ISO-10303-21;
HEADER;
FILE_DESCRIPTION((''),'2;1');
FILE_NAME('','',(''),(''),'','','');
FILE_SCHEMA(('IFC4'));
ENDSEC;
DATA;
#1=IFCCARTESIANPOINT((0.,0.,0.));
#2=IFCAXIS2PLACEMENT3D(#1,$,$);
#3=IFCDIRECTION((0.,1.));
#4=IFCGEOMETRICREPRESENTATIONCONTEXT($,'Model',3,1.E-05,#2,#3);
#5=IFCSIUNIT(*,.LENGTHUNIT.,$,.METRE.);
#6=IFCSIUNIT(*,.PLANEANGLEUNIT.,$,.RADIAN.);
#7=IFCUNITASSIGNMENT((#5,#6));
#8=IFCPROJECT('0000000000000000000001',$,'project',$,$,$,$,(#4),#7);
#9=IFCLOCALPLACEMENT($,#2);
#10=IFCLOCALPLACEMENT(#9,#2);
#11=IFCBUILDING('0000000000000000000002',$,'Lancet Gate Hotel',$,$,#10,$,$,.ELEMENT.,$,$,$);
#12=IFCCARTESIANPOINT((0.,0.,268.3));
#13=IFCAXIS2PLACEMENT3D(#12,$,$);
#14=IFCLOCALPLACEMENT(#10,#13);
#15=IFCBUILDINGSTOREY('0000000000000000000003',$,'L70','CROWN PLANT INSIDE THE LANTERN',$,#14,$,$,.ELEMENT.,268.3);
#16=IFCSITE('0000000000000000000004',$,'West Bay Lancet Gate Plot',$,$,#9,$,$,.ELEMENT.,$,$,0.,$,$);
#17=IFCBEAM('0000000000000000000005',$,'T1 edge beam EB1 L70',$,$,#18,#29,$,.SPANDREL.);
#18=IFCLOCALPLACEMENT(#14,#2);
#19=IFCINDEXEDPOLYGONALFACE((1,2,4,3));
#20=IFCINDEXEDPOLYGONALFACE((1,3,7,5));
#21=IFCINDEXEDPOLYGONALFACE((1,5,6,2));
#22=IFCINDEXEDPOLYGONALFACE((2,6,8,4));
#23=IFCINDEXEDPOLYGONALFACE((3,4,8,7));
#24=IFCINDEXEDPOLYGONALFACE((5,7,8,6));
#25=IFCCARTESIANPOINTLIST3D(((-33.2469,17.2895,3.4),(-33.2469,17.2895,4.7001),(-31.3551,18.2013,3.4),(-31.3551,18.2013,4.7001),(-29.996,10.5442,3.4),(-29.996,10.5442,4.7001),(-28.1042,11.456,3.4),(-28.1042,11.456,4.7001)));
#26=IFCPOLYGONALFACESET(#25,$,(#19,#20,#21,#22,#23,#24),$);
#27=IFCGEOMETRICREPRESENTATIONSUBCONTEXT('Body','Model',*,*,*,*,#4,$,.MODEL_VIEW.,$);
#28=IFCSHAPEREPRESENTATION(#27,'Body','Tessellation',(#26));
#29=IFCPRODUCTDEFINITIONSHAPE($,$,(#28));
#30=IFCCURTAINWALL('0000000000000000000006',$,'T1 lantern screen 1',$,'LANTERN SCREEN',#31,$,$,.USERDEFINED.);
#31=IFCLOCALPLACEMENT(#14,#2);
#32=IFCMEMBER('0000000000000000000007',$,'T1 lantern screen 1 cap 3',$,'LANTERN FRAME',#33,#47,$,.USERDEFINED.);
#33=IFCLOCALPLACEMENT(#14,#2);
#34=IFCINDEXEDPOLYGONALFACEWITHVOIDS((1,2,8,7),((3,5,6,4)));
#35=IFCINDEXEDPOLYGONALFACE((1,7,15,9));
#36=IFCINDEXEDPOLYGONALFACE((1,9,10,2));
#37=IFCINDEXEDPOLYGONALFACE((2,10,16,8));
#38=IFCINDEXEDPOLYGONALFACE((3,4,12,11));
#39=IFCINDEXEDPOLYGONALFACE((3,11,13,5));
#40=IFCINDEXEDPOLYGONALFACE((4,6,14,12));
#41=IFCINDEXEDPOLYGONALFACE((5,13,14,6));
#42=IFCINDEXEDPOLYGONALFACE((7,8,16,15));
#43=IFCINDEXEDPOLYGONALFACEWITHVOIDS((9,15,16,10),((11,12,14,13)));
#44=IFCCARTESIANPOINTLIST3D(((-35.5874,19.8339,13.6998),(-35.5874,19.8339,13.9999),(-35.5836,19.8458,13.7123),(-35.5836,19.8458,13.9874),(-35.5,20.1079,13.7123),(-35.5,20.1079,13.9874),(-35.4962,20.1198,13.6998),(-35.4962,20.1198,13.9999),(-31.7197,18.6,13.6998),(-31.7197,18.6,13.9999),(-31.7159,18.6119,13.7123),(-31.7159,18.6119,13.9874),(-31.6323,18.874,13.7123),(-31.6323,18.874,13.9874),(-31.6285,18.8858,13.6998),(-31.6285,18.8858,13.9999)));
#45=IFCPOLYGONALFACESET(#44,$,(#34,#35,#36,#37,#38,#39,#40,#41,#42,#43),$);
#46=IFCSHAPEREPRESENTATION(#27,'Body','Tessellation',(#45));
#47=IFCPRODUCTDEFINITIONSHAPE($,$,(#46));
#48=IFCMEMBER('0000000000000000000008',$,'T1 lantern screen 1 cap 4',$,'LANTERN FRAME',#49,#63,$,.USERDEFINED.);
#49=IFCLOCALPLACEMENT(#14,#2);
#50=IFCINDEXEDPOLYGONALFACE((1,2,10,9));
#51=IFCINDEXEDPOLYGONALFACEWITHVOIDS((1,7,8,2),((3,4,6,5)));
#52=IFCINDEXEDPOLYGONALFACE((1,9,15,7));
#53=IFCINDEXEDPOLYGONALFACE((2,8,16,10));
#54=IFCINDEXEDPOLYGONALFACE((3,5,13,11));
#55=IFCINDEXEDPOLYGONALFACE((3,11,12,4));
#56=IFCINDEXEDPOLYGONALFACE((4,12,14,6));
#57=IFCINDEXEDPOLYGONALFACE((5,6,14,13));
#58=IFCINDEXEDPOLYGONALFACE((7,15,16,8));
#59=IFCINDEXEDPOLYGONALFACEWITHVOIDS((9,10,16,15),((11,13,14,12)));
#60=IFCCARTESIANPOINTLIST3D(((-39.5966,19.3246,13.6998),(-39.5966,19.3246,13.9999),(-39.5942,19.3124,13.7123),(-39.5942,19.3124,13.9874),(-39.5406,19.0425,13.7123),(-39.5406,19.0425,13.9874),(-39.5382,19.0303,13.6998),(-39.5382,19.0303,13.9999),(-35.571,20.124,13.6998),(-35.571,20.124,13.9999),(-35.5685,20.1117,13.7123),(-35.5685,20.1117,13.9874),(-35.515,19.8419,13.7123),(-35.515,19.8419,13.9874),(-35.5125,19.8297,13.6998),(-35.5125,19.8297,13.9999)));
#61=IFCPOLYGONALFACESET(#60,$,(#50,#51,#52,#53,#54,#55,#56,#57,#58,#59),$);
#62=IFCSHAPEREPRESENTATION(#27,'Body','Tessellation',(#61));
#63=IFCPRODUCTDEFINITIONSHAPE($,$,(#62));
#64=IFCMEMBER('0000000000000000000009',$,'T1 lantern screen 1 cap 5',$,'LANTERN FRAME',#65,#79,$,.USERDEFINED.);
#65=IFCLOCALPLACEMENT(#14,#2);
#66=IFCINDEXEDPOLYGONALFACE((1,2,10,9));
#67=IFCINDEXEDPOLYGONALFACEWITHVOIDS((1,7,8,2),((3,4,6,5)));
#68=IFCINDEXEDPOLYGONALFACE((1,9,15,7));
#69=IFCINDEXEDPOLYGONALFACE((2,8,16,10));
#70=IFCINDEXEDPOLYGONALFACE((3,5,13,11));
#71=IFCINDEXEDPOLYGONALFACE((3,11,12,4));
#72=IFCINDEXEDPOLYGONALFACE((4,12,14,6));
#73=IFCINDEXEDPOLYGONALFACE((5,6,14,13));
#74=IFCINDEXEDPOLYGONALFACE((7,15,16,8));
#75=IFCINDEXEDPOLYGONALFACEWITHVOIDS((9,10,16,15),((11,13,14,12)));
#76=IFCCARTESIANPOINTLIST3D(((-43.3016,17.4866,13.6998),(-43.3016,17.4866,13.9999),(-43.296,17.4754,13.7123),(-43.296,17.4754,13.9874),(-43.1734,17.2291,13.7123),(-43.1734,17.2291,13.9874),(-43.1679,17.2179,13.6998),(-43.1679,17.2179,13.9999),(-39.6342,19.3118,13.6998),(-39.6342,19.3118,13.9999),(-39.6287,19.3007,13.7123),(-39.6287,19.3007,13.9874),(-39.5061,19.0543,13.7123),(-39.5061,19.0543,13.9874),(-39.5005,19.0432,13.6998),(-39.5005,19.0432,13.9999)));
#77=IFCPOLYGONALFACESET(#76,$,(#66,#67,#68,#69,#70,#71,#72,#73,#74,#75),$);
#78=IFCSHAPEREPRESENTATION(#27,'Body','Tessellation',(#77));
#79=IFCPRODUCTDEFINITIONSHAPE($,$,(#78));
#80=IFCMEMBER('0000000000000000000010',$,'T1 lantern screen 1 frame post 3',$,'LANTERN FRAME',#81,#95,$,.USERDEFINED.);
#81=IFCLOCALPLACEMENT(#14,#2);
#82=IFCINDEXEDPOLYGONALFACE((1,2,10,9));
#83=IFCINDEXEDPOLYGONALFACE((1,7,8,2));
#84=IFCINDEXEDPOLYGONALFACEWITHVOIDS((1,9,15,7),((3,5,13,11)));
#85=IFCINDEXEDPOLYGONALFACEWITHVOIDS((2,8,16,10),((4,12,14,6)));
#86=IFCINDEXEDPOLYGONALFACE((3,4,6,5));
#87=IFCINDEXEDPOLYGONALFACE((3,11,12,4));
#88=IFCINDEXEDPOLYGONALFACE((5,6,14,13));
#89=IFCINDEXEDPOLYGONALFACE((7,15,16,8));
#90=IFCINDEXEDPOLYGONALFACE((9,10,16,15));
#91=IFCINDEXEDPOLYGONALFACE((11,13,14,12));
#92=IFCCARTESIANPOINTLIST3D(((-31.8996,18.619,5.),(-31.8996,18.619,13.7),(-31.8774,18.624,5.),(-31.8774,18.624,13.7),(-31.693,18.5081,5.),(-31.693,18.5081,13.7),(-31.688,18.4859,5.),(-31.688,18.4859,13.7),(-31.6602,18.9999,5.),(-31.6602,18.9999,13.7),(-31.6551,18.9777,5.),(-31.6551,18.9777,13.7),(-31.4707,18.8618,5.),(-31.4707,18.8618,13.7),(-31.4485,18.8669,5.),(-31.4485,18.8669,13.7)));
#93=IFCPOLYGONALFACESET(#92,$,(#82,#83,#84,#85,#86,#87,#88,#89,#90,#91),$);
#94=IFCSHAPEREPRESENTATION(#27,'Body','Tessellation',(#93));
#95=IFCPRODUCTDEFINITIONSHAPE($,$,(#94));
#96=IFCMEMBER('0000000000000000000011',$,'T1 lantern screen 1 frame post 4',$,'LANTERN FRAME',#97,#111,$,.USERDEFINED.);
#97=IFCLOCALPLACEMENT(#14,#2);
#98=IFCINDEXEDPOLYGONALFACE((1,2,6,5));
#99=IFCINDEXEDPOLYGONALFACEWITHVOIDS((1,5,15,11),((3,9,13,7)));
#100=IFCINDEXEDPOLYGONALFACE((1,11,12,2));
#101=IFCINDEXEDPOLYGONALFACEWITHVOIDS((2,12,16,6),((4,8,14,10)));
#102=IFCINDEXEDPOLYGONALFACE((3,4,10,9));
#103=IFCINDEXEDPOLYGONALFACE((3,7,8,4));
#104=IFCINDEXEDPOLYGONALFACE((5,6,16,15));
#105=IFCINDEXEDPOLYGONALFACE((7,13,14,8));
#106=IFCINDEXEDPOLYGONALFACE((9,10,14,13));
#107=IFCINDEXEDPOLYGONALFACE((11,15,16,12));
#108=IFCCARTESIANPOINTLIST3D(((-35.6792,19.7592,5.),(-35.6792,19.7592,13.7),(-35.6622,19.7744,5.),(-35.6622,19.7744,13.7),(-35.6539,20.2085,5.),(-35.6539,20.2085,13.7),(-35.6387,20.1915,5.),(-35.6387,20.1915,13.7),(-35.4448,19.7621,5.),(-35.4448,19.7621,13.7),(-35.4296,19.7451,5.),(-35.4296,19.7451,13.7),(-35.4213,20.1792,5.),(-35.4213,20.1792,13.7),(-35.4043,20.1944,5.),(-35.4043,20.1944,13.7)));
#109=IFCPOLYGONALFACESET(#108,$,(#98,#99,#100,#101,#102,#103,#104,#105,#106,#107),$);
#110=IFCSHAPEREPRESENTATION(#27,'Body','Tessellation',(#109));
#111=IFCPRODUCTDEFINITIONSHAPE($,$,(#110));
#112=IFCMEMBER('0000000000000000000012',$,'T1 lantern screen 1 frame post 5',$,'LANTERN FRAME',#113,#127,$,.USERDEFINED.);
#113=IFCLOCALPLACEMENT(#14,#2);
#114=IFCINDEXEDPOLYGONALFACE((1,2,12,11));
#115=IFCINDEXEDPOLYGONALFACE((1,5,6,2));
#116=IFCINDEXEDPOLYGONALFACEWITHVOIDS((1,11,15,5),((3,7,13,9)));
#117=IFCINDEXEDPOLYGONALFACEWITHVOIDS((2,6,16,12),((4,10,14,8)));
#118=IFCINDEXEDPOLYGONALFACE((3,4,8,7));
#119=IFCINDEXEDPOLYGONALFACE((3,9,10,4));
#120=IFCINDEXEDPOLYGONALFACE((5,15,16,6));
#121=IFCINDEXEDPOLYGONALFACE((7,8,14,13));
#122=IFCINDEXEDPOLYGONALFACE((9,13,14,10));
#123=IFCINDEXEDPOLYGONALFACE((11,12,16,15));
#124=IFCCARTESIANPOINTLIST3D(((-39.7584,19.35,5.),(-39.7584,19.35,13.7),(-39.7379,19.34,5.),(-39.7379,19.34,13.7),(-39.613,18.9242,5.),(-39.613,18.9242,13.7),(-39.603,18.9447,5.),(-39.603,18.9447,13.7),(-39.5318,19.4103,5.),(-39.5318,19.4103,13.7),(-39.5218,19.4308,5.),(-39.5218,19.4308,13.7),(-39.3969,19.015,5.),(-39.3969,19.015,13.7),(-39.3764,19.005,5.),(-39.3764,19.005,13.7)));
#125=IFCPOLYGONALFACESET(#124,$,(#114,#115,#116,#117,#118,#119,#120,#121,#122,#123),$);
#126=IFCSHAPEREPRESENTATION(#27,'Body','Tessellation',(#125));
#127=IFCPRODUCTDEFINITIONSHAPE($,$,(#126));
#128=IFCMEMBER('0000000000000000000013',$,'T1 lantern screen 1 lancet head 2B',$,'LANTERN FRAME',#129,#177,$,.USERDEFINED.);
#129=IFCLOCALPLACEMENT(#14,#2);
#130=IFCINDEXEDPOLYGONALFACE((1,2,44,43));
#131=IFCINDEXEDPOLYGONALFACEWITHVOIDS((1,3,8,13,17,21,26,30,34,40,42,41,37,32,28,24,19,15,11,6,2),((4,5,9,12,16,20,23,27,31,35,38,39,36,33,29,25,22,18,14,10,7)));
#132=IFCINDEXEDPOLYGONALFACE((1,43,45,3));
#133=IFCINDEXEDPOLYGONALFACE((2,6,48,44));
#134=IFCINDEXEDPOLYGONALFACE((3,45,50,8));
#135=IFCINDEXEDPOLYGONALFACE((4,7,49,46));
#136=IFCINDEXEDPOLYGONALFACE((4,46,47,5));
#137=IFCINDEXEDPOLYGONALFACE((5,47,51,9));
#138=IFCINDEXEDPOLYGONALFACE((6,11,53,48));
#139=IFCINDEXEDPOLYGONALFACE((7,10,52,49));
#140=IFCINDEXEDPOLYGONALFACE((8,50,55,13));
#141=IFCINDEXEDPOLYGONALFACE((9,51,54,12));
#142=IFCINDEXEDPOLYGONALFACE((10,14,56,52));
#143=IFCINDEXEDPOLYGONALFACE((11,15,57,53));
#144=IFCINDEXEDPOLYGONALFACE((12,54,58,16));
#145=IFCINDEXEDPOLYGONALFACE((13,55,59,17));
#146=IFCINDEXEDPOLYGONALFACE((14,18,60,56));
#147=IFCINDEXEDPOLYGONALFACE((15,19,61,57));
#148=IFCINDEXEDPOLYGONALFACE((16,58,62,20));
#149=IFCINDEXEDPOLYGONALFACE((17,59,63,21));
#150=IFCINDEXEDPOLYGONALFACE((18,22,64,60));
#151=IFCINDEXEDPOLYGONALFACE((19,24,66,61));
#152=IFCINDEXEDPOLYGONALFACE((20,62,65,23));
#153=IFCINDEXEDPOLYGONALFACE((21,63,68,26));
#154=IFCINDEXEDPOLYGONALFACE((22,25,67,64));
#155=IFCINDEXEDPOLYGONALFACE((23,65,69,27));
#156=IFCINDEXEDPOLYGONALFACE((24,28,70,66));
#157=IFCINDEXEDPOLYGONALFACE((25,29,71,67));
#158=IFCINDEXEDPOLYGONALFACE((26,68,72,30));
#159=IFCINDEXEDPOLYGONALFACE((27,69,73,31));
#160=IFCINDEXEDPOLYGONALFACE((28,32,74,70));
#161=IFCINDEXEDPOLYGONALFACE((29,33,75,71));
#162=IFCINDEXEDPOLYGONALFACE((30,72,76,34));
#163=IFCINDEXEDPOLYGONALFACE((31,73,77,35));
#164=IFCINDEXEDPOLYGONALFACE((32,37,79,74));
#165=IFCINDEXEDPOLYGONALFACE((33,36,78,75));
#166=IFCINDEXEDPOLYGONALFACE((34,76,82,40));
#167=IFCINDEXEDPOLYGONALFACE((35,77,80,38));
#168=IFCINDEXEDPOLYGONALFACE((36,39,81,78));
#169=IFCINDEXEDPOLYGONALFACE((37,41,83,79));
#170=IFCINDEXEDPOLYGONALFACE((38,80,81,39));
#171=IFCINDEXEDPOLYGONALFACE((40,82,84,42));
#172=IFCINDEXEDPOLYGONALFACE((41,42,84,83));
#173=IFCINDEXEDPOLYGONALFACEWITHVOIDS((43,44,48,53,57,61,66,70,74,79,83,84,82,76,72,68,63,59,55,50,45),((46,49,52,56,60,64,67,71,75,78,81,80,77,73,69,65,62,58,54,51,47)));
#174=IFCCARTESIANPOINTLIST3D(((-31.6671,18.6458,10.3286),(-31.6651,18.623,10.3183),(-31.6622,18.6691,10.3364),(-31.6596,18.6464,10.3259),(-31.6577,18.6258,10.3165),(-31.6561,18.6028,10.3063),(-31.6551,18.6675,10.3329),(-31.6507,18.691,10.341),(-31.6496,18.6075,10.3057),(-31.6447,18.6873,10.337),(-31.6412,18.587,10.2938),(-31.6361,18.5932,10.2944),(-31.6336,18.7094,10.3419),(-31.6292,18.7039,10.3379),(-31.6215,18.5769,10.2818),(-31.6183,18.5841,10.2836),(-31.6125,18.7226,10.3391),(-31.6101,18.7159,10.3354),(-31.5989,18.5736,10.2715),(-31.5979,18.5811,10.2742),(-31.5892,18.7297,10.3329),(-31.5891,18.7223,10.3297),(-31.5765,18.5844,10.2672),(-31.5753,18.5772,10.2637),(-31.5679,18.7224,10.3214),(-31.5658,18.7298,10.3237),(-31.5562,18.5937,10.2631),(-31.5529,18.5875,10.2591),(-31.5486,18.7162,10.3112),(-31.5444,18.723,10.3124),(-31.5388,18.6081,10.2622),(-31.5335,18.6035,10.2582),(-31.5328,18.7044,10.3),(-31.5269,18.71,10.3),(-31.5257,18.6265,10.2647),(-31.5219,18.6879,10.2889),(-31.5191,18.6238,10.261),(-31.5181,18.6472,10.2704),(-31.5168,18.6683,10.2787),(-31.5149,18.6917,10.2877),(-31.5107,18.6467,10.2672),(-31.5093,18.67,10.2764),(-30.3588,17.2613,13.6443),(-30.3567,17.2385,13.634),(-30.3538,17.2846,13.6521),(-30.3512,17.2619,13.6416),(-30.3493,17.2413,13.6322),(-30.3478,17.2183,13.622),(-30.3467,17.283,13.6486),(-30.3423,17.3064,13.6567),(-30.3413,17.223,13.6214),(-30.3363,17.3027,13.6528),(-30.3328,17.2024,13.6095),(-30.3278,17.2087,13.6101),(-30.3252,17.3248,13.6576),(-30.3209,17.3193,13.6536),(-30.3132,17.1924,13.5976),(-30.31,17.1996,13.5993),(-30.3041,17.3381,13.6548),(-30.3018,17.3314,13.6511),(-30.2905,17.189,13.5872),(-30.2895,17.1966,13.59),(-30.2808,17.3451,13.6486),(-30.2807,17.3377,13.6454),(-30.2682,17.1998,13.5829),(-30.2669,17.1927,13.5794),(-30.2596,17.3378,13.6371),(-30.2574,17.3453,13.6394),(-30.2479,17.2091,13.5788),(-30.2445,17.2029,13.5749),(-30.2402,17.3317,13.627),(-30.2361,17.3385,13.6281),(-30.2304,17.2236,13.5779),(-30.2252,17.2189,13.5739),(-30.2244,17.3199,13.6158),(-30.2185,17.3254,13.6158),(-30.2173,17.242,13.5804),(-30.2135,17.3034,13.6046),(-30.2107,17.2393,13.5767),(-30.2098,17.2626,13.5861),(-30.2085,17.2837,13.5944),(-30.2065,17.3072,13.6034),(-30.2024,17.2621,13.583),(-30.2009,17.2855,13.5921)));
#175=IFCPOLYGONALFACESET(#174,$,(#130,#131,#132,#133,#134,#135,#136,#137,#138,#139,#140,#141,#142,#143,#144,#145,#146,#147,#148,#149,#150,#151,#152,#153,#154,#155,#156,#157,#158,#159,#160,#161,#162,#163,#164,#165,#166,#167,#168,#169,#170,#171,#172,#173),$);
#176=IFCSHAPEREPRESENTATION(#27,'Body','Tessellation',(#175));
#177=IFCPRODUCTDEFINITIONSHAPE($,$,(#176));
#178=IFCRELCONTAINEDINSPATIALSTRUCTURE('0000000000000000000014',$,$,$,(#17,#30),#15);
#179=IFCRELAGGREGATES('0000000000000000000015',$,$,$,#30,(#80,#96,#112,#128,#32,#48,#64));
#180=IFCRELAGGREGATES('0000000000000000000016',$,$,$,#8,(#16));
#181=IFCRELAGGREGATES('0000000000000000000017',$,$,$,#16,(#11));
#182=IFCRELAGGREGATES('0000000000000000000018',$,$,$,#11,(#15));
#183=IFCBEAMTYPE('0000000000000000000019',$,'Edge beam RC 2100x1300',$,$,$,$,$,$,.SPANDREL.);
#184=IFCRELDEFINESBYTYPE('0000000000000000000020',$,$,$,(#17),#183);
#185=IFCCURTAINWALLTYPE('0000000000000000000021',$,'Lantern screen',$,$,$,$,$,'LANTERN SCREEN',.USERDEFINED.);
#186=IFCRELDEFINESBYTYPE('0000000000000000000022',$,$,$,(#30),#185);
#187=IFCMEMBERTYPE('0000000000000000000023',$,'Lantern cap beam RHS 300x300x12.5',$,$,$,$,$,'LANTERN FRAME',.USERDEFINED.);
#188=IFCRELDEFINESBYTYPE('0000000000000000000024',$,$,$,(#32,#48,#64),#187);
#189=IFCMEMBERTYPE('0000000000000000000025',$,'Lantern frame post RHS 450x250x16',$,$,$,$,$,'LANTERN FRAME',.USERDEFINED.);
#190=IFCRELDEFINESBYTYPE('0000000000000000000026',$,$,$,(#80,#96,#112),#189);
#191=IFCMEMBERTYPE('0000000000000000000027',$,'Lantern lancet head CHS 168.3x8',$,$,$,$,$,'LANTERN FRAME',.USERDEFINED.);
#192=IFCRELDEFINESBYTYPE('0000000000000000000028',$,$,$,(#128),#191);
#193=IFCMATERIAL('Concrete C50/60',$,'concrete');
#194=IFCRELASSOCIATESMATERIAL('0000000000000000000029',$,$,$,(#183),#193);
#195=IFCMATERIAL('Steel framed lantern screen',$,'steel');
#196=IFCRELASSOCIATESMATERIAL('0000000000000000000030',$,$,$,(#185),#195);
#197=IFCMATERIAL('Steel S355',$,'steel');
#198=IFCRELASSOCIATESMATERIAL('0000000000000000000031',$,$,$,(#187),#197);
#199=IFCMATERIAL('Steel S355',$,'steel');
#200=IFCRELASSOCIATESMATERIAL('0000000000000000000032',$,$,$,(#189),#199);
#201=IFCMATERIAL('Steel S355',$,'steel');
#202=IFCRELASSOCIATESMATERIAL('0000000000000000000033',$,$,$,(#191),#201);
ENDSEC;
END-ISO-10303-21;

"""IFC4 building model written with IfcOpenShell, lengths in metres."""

from ifc_helpers import new_model, si_unit, direction, frame, origin, origin_2d, place, context, subcontext, project, spatial, rectangle, hollow_rectangle, hollow_circle, extrude, material, material_profile, profile_set, type_object, element, aggregate, save


model = new_model("IFC4")

# Units and contexts
model_context = context("Model", 3, precision=1e-05, world=origin(), true_north=direction((0.0, 1.0)))
body_context = subcontext(model_context, "Body", "Model", "MODEL_VIEW")
ifc_project = project(units=[si_unit("LENGTHUNIT", "METRE"), si_unit("PLANEANGLEUNIT", "RADIAN")], contexts=[model_context])

# Site, building, storey
site_placement = place(None, origin())
site = spatial("IfcSite", under=ifc_project, at=site_placement, Name="West Bay Lancet Gate Plot", CompositionType="ELEMENT", RefElevation=0.0)
building_placement = place(site_placement, origin())
building = spatial("IfcBuilding", under=site, at=building_placement, Name="Lancet Gate Hotel", CompositionType="ELEMENT")
storey_placement = place(building_placement, frame((0.0, 0.0, 268.3)))
storey = spatial("IfcBuildingStorey", under=building, at=storey_placement, Name="L70", Description="CROWN PLANT INSIDE THE LANTERN", CompositionType="ELEMENT", Elevation=268.3)

# Beam
ifc_material_1 = material(Name="Concrete C50/60", Category="concrete")
ifc_material_profile_1 = material_profile(ifc_material_1, rectangle(XDim=2.1001, YDim=1.3, at=origin_2d()), Name="RC 2100x1300")
ifc_profile_set_1 = profile_set([ifc_material_profile_1], Name="Concrete C50/60")
beam_type = type_object("IfcBeamType", Name="Edge beam RC 2100x1300", PredefinedType="SPANDREL", material=ifc_profile_set_1)
beam_1_placement = place(storey_placement, frame((-32.301, 17.7454, 4.05), z_axis=(0.434164, -0.900834, 0.0), x_axis=(0.900834, 0.434164, 0.0)))
element("IfcBeam", 1, at=beam_1_placement, inside=storey, type_object=beam_type, Name="T1 edge beam EB1 L70", PredefinedType="SPANDREL", context=body_context, shape_type="SweptSolid", body=[
    extrude(rectangle(XDim=2.1001, YDim=1.3, at=origin_2d()), origin(), (0.0, 0.0, 1.0), 7.4878),
])

# Curtain wall, members
ifc_material_2 = material(Name="Steel framed lantern screen", Category="steel")
curtain_wall_type_1 = type_object("IfcCurtainWallType", Name="Lantern screen", ElementType="LANTERN SCREEN", PredefinedType="USERDEFINED", material=ifc_material_2)
curtain_wall_1_placement = place(storey_placement, origin())
curtain_wall_1 = element("IfcCurtainWall", 2, at=curtain_wall_1_placement, inside=storey, type_object=curtain_wall_type_1, Name="T1 lantern screen 1", ObjectType="LANTERN SCREEN", PredefinedType="USERDEFINED")
ifc_material_3 = material(Name="Steel S355", Category="steel")
ifc_material_profile_2 = material_profile(ifc_material_3, hollow_rectangle(XDim=0.3, YDim=0.3, WallThickness=0.0125, at=origin_2d()), Name="RHS 300x300x12.5")
ifc_profile_set_2 = profile_set([ifc_material_profile_2], Name="Steel S355")
member_type_1 = type_object("IfcMemberType", Name="Lantern cap beam RHS 300x300x12.5", ElementType="LANTERN FRAME", PredefinedType="USERDEFINED", material=ifc_profile_set_2)
member_1_placement = place(storey_placement, frame((-31.6741, 18.7429, 13.8499), z_axis=(-0.952693, 0.303933, 0.0), x_axis=(-0.303933, -0.952693, 0.0)))
member_1 = element("IfcMember", 3, at=member_1_placement, type_object=member_type_1, Name="T1 lantern screen 1 cap 3", ObjectType="LANTERN FRAME", PredefinedType="USERDEFINED", context=body_context, shape_type="SweptSolid", body=[
    extrude(hollow_rectangle(XDim=0.3, YDim=0.3, WallThickness=0.0125, at=origin_2d()), origin(), (0.0, 0.0, 1.0), 4.0598),
])
member_2_placement = place(storey_placement, frame((-35.5417, 19.9768, 13.8499), z_axis=(-0.980852, -0.194755, 0.0), x_axis=(0.194755, -0.980852, 0.0)))
member_2 = element("IfcMember", 4, at=member_2_placement, type_object=member_type_1, Name="T1 lantern screen 1 cap 4", ObjectType="LANTERN FRAME", PredefinedType="USERDEFINED", context=body_context, shape_type="SweptSolid", body=[
    extrude(hollow_rectangle(XDim=0.3, YDim=0.3, WallThickness=0.0125, at=origin_2d()), origin(), (0.0, 0.0, 1.0), 4.1042),
])
member_3_placement = place(storey_placement, frame((-39.5674, 19.1775, 13.8499), z_axis=(-0.895248, -0.445568, 0.0), x_axis=(0.445568, -0.895248, 0.0)))
member_3 = element("IfcMember", 5, at=member_3_placement, type_object=member_type_1, Name="T1 lantern screen 1 cap 5", ObjectType="LANTERN FRAME", PredefinedType="USERDEFINED", context=body_context, shape_type="SweptSolid", body=[
    extrude(hollow_rectangle(XDim=0.3, YDim=0.3, WallThickness=0.0125, at=origin_2d()), origin(), (0.0, 0.0, 1.0), 4.0964),
])
ifc_material_4 = material(Name="Steel S355", Category="steel")
ifc_material_profile_3 = material_profile(ifc_material_4, hollow_rectangle(XDim=0.25, YDim=0.45, WallThickness=0.0161, at=origin_2d()), Name="RHS 450x250x16")
ifc_profile_set_3 = profile_set([ifc_material_profile_3], Name="Steel S355")
member_type_2 = type_object("IfcMemberType", Name="Lantern frame post RHS 450x250x16", ElementType="LANTERN FRAME", PredefinedType="USERDEFINED", material=ifc_profile_set_3)
member_4_placement = place(storey_placement, frame((-31.6741, 18.7429, 5.0), z_axis=(0.0, 0.0, 1.0), x_axis=(-0.846613, 0.532209, 0.0)))
member_4 = element("IfcMember", 6, at=member_4_placement, type_object=member_type_2, Name="T1 lantern screen 1 frame post 3", ObjectType="LANTERN FRAME", PredefinedType="USERDEFINED", context=body_context, shape_type="SweptSolid", body=[
    extrude(hollow_rectangle(XDim=0.25, YDim=0.45, WallThickness=0.0161, at=origin_2d()), origin(), (0.0, 0.0, 1.0), 8.7),
])
member_5_placement = place(storey_placement, frame((-35.5417, 19.9768, 5.0), z_axis=(0.0, 0.0, 1.0), x_axis=(-0.998409, 0.056384, 0.0)))
member_5 = element("IfcMember", 7, at=member_5_placement, type_object=member_type_2, Name="T1 lantern screen 1 frame post 4", ObjectType="LANTERN FRAME", PredefinedType="USERDEFINED", context=body_context, shape_type="SweptSolid", body=[
    extrude(hollow_rectangle(XDim=0.25, YDim=0.45, WallThickness=0.0161, at=origin_2d()), origin(), (0.0, 0.0, 1.0), 8.7),
])
member_6_placement = place(storey_placement, frame((-39.5674, 19.1775, 5.0), z_axis=(0.0, 0.0, 1.0), x_axis=(-0.946394, -0.323013, 0.0)))
member_6 = element("IfcMember", 8, at=member_6_placement, type_object=member_type_2, Name="T1 lantern screen 1 frame post 5", ObjectType="LANTERN FRAME", PredefinedType="USERDEFINED", context=body_context, shape_type="SweptSolid", body=[
    extrude(hollow_rectangle(XDim=0.25, YDim=0.45, WallThickness=0.0161, at=origin_2d()), origin(), (0.0, 0.0, 1.0), 8.7),
])
ifc_material_5 = material(Name="Steel S355", Category="steel")
ifc_material_profile_4 = material_profile(ifc_material_5, hollow_circle(Radius=0.0842, WallThickness=0.0081, at=origin_2d()), Name="CHS 168.3x8.0")
ifc_profile_set_4 = profile_set([ifc_material_profile_4], Name="Steel S355")
member_type_3 = type_object("IfcMemberType", Name="Lantern lancet head CHS 168.3x8", ElementType="LANTERN FRAME", PredefinedType="USERDEFINED", material=ifc_profile_set_4)
member_7_placement = place(storey_placement, frame((-31.5881, 18.6521, 10.3), z_axis=(0.342149, -0.362069, 0.867087), x_axis=(0.726818, 0.68683, 0.0)))
member_7 = element("IfcMember", 9, at=member_7_placement, type_object=member_type_3, Name="T1 lantern screen 1 lancet head 2B", ObjectType="LANTERN FRAME", PredefinedType="USERDEFINED", context=body_context, shape_type="SweptSolid", body=[
    extrude(hollow_circle(Radius=0.0842, WallThickness=0.0081, at=origin_2d()), origin(), (0.0, 0.0, 1.0), 3.824),
])

aggregate(curtain_wall_1, [member_4, member_5, member_6, member_7, member_1, member_2, member_3])

save(model, "model.ifc")
